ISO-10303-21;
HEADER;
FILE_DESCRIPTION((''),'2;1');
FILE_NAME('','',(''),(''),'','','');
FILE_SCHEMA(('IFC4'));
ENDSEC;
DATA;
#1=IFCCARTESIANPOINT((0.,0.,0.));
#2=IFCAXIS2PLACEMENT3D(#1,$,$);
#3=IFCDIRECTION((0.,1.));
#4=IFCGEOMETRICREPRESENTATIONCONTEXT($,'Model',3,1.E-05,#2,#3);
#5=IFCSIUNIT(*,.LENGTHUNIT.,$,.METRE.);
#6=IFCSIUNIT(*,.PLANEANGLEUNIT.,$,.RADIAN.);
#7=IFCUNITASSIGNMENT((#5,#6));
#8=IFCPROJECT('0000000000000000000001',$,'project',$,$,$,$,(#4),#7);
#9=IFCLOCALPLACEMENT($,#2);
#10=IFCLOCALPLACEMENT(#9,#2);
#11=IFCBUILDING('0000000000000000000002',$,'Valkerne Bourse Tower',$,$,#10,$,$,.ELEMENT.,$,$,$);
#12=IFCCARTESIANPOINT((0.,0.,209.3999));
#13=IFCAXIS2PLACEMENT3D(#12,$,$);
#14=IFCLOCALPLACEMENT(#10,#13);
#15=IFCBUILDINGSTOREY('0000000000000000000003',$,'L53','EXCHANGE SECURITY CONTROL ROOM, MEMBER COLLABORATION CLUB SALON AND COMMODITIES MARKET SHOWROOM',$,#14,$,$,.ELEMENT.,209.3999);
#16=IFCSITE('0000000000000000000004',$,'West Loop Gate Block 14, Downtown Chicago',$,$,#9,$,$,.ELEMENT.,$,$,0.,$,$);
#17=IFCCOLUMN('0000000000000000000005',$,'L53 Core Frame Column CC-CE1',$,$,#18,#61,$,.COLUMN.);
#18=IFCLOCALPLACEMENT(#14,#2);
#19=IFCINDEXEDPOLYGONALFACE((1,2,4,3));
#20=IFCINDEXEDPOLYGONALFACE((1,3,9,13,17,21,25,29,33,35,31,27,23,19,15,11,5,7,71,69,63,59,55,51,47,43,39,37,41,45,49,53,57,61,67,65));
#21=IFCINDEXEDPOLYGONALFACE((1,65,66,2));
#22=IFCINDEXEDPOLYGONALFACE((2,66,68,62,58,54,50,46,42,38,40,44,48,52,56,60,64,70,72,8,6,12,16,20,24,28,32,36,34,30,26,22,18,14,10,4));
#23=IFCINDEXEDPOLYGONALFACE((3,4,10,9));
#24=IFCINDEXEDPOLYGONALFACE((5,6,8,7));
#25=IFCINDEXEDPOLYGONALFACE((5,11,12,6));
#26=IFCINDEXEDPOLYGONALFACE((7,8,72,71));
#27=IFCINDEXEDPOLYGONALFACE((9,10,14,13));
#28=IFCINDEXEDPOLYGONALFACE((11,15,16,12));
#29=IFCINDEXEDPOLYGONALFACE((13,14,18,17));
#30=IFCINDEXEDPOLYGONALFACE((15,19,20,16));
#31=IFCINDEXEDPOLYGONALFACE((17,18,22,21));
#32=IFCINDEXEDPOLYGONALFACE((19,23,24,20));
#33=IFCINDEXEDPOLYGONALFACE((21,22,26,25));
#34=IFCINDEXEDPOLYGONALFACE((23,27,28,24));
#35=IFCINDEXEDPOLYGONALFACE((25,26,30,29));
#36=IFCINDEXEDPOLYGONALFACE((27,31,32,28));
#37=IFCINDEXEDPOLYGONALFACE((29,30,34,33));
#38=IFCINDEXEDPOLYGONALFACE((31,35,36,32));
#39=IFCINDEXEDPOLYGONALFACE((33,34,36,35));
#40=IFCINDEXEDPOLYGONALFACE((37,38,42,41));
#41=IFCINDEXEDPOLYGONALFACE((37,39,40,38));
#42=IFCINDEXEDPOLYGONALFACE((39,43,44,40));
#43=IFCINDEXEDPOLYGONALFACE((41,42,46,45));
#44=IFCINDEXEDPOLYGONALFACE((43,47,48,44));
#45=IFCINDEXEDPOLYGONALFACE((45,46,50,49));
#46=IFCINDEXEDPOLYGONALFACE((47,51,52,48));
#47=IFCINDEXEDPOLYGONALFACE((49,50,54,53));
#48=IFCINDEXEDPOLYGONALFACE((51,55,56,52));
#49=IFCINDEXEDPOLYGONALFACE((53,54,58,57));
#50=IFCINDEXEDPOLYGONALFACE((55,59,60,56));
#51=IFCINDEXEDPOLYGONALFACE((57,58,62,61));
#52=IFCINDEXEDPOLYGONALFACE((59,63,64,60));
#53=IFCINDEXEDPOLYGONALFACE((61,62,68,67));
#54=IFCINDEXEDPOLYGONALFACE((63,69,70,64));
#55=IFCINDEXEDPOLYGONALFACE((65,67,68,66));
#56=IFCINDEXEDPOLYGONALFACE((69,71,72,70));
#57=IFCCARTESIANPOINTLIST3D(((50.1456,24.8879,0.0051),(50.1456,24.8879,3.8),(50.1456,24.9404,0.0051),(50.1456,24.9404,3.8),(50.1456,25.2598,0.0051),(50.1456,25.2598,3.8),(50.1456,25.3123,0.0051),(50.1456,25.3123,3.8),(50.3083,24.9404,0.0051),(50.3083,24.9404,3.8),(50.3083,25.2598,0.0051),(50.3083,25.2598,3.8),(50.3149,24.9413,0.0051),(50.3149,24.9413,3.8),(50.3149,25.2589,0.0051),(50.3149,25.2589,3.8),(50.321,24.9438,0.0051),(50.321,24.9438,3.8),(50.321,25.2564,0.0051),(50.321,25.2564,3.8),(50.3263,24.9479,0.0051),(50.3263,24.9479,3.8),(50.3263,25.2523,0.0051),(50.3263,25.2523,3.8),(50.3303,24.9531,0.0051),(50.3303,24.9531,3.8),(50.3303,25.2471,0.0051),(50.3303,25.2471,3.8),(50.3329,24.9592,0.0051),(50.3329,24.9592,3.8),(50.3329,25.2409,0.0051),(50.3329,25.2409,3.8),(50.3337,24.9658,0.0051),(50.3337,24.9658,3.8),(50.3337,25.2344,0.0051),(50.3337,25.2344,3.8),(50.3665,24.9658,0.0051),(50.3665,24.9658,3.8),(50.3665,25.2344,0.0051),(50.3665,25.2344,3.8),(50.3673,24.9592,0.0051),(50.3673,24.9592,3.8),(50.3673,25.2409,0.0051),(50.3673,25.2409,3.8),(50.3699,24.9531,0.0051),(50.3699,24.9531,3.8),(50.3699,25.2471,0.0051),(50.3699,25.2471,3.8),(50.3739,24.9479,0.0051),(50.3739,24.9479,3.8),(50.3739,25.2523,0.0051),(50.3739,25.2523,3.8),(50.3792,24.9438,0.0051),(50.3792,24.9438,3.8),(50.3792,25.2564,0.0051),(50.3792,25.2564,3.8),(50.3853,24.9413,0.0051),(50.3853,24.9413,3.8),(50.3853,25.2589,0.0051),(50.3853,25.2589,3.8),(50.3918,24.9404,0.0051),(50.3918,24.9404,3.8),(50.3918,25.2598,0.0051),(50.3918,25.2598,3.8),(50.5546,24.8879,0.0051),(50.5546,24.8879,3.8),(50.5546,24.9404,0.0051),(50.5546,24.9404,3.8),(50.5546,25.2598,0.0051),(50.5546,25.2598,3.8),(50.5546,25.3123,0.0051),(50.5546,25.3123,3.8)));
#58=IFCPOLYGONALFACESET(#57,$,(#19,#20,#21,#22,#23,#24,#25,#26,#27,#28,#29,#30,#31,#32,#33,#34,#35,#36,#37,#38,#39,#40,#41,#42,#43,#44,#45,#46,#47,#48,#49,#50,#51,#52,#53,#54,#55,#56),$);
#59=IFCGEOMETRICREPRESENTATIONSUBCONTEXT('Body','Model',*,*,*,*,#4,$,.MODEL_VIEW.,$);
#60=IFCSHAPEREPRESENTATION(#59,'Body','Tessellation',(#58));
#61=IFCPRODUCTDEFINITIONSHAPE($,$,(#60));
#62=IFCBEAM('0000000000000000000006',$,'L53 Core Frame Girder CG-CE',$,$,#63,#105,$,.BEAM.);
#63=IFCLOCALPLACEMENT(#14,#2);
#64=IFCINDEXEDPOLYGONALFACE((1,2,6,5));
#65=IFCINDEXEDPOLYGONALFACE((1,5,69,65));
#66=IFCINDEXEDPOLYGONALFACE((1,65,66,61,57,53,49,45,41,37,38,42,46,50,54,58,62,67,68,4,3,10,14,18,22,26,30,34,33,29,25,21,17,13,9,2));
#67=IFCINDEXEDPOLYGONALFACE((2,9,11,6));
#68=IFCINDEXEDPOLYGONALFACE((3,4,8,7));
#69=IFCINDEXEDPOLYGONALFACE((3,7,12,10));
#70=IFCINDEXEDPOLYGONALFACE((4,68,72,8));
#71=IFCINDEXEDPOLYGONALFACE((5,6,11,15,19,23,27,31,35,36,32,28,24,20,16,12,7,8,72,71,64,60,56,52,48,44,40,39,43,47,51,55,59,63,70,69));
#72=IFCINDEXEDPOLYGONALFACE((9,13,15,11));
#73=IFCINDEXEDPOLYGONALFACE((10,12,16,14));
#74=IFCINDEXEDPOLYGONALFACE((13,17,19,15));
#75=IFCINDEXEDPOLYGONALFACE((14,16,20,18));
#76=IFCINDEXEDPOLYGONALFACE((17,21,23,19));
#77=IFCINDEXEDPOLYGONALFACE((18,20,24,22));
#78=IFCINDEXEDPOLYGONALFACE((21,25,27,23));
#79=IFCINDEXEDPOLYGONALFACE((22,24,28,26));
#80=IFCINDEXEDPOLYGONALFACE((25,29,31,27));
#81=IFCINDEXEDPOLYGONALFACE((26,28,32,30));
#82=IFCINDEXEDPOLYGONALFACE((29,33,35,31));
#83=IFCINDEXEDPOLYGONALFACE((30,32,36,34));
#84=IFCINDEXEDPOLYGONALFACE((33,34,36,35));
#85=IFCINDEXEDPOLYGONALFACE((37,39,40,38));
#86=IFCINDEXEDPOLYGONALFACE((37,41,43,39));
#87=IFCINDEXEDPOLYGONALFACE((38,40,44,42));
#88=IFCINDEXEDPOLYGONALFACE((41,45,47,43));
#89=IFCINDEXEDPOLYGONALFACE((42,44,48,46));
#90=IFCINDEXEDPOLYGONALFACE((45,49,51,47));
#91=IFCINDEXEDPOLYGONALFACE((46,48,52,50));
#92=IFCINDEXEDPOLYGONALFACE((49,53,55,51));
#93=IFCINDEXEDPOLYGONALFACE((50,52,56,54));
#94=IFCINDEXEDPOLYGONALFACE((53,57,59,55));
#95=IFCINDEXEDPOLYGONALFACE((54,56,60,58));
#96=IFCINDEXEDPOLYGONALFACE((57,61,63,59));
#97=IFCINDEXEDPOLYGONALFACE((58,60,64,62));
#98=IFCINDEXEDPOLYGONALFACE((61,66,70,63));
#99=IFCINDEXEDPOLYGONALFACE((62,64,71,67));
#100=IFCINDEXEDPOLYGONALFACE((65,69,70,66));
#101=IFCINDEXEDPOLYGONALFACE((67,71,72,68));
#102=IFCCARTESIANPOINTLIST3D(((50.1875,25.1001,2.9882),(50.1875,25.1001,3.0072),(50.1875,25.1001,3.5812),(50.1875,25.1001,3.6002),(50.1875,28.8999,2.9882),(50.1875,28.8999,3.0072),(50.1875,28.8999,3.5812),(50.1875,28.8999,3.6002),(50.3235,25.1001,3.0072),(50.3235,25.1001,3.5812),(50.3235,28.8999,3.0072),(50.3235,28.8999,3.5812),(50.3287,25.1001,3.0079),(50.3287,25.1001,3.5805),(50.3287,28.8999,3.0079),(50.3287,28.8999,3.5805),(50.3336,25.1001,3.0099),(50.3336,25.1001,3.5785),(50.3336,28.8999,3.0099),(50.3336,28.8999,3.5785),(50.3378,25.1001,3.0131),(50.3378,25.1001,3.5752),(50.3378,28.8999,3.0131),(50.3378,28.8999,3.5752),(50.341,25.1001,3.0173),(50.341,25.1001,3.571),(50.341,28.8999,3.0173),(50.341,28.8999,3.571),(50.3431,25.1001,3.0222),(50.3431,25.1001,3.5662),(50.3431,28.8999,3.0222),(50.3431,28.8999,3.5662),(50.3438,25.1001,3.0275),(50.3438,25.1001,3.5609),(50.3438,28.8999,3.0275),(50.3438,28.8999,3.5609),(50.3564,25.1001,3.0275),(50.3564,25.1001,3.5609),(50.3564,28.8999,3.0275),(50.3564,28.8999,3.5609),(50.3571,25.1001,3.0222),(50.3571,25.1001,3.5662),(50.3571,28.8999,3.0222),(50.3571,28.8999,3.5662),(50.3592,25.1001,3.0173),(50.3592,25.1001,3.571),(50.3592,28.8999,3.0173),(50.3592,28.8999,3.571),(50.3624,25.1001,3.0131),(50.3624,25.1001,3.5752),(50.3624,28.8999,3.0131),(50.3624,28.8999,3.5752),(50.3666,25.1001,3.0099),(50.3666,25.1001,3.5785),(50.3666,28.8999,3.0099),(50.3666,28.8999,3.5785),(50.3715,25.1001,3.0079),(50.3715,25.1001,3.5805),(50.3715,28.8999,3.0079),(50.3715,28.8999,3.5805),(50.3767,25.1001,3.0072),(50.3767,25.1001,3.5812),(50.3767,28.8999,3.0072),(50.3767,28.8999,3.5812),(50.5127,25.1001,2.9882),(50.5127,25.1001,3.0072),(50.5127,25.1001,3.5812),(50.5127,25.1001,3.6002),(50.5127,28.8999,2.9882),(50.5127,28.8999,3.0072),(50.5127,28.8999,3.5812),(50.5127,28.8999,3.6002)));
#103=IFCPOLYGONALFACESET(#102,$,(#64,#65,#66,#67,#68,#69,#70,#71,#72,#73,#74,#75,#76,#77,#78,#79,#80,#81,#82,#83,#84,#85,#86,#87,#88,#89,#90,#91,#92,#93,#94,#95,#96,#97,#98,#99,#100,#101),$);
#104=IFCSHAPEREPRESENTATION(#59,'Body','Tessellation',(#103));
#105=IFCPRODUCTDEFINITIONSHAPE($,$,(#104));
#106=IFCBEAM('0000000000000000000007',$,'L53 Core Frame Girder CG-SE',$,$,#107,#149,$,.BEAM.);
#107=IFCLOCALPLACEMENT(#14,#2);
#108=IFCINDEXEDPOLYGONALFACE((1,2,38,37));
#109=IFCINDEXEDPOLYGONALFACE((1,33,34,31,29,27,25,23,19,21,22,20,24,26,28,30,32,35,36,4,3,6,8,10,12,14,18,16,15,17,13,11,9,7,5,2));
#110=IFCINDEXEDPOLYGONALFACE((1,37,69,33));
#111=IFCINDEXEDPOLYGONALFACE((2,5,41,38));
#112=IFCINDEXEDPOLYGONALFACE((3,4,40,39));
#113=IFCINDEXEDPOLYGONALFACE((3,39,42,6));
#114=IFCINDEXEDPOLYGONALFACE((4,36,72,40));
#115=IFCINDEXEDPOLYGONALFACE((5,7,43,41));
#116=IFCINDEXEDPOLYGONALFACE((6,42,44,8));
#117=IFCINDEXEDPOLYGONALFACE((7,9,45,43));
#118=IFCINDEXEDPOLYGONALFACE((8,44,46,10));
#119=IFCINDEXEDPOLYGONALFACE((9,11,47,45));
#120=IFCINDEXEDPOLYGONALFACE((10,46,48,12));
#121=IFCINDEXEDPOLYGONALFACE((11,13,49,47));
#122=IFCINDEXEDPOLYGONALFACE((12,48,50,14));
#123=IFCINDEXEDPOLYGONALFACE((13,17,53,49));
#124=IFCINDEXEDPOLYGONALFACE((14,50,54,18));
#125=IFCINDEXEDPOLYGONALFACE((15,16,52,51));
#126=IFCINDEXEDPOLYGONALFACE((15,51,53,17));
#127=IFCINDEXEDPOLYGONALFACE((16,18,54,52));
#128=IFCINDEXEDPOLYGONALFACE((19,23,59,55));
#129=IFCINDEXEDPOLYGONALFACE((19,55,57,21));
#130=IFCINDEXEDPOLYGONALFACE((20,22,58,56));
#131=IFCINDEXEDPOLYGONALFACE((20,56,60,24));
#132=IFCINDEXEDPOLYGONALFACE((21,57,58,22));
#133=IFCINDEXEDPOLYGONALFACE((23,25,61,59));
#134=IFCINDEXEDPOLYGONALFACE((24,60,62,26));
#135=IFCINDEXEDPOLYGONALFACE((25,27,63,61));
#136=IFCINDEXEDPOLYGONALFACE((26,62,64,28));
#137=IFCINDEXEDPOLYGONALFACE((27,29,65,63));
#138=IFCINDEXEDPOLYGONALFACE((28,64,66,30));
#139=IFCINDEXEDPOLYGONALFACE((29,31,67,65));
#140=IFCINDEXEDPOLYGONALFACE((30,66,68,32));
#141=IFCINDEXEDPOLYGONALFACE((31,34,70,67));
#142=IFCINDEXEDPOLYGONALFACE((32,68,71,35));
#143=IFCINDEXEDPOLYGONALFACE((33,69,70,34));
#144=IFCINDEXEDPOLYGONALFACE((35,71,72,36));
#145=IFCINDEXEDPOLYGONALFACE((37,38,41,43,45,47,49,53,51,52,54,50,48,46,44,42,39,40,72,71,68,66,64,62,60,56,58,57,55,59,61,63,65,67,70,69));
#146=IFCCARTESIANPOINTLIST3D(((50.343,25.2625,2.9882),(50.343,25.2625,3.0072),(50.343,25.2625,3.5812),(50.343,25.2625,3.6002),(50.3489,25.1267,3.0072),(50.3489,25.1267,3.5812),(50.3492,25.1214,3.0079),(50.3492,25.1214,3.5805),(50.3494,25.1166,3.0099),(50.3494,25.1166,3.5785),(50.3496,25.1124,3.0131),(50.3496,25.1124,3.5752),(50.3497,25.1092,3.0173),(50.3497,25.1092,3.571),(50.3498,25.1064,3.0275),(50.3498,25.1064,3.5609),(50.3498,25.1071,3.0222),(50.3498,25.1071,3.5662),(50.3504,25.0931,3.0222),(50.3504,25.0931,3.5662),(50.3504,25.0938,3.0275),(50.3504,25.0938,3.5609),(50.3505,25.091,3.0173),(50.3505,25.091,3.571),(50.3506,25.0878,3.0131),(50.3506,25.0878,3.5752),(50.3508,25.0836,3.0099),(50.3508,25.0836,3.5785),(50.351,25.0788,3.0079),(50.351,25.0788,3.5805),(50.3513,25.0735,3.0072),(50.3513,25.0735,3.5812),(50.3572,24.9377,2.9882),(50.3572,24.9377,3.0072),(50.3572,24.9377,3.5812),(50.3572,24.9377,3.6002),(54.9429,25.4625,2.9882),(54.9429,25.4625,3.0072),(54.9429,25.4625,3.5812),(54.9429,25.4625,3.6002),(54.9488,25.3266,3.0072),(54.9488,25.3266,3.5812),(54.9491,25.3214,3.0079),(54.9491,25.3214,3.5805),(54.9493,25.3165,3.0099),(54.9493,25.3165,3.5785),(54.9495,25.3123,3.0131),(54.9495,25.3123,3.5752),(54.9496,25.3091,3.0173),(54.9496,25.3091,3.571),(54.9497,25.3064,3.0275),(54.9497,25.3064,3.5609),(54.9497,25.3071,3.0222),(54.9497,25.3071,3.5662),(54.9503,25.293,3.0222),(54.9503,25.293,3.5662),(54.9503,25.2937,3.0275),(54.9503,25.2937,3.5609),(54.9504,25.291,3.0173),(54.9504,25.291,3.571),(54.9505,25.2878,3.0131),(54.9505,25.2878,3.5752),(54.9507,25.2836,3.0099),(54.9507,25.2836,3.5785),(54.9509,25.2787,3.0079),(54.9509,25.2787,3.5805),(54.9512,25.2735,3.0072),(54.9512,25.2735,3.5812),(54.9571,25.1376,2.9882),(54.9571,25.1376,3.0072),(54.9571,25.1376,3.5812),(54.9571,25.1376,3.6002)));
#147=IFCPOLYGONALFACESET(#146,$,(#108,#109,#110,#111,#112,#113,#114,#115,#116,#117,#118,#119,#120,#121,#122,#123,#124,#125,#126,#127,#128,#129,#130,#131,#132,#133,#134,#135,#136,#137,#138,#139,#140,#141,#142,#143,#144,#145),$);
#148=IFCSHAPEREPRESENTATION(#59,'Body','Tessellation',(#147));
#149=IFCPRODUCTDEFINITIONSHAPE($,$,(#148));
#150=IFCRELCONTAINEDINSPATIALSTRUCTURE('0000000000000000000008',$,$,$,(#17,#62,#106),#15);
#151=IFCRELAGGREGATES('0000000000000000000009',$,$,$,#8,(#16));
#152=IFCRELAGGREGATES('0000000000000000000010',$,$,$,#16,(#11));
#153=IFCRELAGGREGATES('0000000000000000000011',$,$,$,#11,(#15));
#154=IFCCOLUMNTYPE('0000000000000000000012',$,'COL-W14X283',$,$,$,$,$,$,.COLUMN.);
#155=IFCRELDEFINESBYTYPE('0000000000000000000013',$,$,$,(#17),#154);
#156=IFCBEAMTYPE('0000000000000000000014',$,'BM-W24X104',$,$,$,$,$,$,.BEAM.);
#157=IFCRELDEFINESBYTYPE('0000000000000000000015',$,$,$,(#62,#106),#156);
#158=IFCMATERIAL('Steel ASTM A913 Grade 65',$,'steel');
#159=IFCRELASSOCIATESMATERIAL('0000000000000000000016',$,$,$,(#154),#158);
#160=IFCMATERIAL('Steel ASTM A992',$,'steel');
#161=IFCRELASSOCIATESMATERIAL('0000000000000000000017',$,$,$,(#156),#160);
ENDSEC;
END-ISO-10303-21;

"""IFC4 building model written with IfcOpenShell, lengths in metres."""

from ifc_helpers import new_model, si_unit, direction, frame, origin, origin_2d, place, context, subcontext, project, spatial, i_section, extrude, material, material_profile, profile_set, type_object, element, save


model = new_model("IFC4")

# Units and contexts
model_context = context("Model", 3, precision=1e-05, world=origin(), true_north=direction((0.0, 1.0)))
body_context = subcontext(model_context, "Body", "Model", "MODEL_VIEW")
ifc_project = project(units=[si_unit("LENGTHUNIT", "METRE"), si_unit("PLANEANGLEUNIT", "RADIAN")], contexts=[model_context])

# Site, building, storey
site_placement = place(None, origin())
site = spatial("IfcSite", under=ifc_project, at=site_placement, Name="West Loop Gate Block 14, Downtown Chicago", CompositionType="ELEMENT", RefElevation=0.0)
building_placement = place(site_placement, origin())
building = spatial("IfcBuilding", under=site, at=building_placement, Name="Valkerne Bourse Tower", CompositionType="ELEMENT")
storey_placement = place(building_placement, frame((0.0, 0.0, 209.3999)))
storey = spatial("IfcBuildingStorey", under=building, at=storey_placement, Name="L53", Description="EXCHANGE SECURITY CONTROL ROOM, MEMBER COLLABORATION CLUB SALON AND COMMODITIES MARKET SHOWROOM", CompositionType="ELEMENT", Elevation=209.3999)

# Column
ifc_material_1 = material(Name="Steel ASTM A913 Grade 65", Category="steel")
ifc_material_profile_1 = material_profile(ifc_material_1, i_section(OverallWidth=0.4089, OverallDepth=0.4243, WebThickness=0.0327, FlangeThickness=0.0525, FilletRadius=0.0254, at=origin_2d()), Name="W14X283")
ifc_profile_set_1 = profile_set([ifc_material_profile_1], Name="Steel ASTM A913 Grade 65")
column_type = type_object("IfcColumnType", Name="COL-W14X283", PredefinedType="COLUMN", material=ifc_profile_set_1)
column_placement = place(storey_placement, frame((50.3501, 25.1001, 0.0051), z_axis=(0.0, 0.0, 1.0), x_axis=(1.0, 0.0, 0.0)))
element("IfcColumn", 1, at=column_placement, inside=storey, type_object=column_type, Name="L53 Core Frame Column CC-CE1", PredefinedType="COLUMN", context=body_context, shape_type="SweptSolid", body=[
    extrude(i_section(OverallWidth=0.4089, OverallDepth=0.4243, WebThickness=0.0327, FlangeThickness=0.0525, FilletRadius=0.0254, at=origin_2d()), origin(), (0.0, 0.0, 1.0), 3.7949),
])

# Beams
ifc_material_2 = material(Name="Steel ASTM A992", Category="steel")
ifc_material_profile_2 = material_profile(ifc_material_2, i_section(OverallWidth=0.3252, OverallDepth=0.6121, WebThickness=0.0127, FlangeThickness=0.019, FilletRadius=0.0203, at=origin_2d()), Name="W24X104")
ifc_profile_set_2 = profile_set([ifc_material_profile_2], Name="Steel ASTM A992")
beam_type = type_object("IfcBeamType", Name="BM-W24X104", PredefinedType="BEAM", material=ifc_profile_set_2)
beam_1_placement = place(storey_placement, frame((50.3501, 25.1001, 3.2942), z_axis=(0.0, 1.0, 0.0), x_axis=(-1.0, 0.0, 0.0)))
element("IfcBeam", 2, at=beam_1_placement, inside=storey, type_object=beam_type, Name="L53 Core Frame Girder CG-CE", PredefinedType="BEAM", context=body_context, shape_type="SweptSolid", body=[
    extrude(i_section(OverallWidth=0.3252, OverallDepth=0.6121, WebThickness=0.0127, FlangeThickness=0.019, FilletRadius=0.0203, at=origin_2d()), origin(), (0.0, 0.0, 1.0), 3.7998),
])
beam_2_placement = place(storey_placement, frame((50.3501, 25.1001, 3.2942), z_axis=(0.999057, 0.043428, 0.0), x_axis=(-0.043428, 0.999057, 0.0)))
element("IfcBeam", 3, at=beam_2_placement, inside=storey, type_object=beam_type, Name="L53 Core Frame Girder CG-SE", PredefinedType="BEAM", context=body_context, shape_type="SweptSolid", body=[
    extrude(i_section(OverallWidth=0.3252, OverallDepth=0.6121, WebThickness=0.0127, FlangeThickness=0.019, FilletRadius=0.0203, at=origin_2d()), origin(), (0.0, 0.0, 1.0), 4.6042),
])

save(model, "model.ifc")
